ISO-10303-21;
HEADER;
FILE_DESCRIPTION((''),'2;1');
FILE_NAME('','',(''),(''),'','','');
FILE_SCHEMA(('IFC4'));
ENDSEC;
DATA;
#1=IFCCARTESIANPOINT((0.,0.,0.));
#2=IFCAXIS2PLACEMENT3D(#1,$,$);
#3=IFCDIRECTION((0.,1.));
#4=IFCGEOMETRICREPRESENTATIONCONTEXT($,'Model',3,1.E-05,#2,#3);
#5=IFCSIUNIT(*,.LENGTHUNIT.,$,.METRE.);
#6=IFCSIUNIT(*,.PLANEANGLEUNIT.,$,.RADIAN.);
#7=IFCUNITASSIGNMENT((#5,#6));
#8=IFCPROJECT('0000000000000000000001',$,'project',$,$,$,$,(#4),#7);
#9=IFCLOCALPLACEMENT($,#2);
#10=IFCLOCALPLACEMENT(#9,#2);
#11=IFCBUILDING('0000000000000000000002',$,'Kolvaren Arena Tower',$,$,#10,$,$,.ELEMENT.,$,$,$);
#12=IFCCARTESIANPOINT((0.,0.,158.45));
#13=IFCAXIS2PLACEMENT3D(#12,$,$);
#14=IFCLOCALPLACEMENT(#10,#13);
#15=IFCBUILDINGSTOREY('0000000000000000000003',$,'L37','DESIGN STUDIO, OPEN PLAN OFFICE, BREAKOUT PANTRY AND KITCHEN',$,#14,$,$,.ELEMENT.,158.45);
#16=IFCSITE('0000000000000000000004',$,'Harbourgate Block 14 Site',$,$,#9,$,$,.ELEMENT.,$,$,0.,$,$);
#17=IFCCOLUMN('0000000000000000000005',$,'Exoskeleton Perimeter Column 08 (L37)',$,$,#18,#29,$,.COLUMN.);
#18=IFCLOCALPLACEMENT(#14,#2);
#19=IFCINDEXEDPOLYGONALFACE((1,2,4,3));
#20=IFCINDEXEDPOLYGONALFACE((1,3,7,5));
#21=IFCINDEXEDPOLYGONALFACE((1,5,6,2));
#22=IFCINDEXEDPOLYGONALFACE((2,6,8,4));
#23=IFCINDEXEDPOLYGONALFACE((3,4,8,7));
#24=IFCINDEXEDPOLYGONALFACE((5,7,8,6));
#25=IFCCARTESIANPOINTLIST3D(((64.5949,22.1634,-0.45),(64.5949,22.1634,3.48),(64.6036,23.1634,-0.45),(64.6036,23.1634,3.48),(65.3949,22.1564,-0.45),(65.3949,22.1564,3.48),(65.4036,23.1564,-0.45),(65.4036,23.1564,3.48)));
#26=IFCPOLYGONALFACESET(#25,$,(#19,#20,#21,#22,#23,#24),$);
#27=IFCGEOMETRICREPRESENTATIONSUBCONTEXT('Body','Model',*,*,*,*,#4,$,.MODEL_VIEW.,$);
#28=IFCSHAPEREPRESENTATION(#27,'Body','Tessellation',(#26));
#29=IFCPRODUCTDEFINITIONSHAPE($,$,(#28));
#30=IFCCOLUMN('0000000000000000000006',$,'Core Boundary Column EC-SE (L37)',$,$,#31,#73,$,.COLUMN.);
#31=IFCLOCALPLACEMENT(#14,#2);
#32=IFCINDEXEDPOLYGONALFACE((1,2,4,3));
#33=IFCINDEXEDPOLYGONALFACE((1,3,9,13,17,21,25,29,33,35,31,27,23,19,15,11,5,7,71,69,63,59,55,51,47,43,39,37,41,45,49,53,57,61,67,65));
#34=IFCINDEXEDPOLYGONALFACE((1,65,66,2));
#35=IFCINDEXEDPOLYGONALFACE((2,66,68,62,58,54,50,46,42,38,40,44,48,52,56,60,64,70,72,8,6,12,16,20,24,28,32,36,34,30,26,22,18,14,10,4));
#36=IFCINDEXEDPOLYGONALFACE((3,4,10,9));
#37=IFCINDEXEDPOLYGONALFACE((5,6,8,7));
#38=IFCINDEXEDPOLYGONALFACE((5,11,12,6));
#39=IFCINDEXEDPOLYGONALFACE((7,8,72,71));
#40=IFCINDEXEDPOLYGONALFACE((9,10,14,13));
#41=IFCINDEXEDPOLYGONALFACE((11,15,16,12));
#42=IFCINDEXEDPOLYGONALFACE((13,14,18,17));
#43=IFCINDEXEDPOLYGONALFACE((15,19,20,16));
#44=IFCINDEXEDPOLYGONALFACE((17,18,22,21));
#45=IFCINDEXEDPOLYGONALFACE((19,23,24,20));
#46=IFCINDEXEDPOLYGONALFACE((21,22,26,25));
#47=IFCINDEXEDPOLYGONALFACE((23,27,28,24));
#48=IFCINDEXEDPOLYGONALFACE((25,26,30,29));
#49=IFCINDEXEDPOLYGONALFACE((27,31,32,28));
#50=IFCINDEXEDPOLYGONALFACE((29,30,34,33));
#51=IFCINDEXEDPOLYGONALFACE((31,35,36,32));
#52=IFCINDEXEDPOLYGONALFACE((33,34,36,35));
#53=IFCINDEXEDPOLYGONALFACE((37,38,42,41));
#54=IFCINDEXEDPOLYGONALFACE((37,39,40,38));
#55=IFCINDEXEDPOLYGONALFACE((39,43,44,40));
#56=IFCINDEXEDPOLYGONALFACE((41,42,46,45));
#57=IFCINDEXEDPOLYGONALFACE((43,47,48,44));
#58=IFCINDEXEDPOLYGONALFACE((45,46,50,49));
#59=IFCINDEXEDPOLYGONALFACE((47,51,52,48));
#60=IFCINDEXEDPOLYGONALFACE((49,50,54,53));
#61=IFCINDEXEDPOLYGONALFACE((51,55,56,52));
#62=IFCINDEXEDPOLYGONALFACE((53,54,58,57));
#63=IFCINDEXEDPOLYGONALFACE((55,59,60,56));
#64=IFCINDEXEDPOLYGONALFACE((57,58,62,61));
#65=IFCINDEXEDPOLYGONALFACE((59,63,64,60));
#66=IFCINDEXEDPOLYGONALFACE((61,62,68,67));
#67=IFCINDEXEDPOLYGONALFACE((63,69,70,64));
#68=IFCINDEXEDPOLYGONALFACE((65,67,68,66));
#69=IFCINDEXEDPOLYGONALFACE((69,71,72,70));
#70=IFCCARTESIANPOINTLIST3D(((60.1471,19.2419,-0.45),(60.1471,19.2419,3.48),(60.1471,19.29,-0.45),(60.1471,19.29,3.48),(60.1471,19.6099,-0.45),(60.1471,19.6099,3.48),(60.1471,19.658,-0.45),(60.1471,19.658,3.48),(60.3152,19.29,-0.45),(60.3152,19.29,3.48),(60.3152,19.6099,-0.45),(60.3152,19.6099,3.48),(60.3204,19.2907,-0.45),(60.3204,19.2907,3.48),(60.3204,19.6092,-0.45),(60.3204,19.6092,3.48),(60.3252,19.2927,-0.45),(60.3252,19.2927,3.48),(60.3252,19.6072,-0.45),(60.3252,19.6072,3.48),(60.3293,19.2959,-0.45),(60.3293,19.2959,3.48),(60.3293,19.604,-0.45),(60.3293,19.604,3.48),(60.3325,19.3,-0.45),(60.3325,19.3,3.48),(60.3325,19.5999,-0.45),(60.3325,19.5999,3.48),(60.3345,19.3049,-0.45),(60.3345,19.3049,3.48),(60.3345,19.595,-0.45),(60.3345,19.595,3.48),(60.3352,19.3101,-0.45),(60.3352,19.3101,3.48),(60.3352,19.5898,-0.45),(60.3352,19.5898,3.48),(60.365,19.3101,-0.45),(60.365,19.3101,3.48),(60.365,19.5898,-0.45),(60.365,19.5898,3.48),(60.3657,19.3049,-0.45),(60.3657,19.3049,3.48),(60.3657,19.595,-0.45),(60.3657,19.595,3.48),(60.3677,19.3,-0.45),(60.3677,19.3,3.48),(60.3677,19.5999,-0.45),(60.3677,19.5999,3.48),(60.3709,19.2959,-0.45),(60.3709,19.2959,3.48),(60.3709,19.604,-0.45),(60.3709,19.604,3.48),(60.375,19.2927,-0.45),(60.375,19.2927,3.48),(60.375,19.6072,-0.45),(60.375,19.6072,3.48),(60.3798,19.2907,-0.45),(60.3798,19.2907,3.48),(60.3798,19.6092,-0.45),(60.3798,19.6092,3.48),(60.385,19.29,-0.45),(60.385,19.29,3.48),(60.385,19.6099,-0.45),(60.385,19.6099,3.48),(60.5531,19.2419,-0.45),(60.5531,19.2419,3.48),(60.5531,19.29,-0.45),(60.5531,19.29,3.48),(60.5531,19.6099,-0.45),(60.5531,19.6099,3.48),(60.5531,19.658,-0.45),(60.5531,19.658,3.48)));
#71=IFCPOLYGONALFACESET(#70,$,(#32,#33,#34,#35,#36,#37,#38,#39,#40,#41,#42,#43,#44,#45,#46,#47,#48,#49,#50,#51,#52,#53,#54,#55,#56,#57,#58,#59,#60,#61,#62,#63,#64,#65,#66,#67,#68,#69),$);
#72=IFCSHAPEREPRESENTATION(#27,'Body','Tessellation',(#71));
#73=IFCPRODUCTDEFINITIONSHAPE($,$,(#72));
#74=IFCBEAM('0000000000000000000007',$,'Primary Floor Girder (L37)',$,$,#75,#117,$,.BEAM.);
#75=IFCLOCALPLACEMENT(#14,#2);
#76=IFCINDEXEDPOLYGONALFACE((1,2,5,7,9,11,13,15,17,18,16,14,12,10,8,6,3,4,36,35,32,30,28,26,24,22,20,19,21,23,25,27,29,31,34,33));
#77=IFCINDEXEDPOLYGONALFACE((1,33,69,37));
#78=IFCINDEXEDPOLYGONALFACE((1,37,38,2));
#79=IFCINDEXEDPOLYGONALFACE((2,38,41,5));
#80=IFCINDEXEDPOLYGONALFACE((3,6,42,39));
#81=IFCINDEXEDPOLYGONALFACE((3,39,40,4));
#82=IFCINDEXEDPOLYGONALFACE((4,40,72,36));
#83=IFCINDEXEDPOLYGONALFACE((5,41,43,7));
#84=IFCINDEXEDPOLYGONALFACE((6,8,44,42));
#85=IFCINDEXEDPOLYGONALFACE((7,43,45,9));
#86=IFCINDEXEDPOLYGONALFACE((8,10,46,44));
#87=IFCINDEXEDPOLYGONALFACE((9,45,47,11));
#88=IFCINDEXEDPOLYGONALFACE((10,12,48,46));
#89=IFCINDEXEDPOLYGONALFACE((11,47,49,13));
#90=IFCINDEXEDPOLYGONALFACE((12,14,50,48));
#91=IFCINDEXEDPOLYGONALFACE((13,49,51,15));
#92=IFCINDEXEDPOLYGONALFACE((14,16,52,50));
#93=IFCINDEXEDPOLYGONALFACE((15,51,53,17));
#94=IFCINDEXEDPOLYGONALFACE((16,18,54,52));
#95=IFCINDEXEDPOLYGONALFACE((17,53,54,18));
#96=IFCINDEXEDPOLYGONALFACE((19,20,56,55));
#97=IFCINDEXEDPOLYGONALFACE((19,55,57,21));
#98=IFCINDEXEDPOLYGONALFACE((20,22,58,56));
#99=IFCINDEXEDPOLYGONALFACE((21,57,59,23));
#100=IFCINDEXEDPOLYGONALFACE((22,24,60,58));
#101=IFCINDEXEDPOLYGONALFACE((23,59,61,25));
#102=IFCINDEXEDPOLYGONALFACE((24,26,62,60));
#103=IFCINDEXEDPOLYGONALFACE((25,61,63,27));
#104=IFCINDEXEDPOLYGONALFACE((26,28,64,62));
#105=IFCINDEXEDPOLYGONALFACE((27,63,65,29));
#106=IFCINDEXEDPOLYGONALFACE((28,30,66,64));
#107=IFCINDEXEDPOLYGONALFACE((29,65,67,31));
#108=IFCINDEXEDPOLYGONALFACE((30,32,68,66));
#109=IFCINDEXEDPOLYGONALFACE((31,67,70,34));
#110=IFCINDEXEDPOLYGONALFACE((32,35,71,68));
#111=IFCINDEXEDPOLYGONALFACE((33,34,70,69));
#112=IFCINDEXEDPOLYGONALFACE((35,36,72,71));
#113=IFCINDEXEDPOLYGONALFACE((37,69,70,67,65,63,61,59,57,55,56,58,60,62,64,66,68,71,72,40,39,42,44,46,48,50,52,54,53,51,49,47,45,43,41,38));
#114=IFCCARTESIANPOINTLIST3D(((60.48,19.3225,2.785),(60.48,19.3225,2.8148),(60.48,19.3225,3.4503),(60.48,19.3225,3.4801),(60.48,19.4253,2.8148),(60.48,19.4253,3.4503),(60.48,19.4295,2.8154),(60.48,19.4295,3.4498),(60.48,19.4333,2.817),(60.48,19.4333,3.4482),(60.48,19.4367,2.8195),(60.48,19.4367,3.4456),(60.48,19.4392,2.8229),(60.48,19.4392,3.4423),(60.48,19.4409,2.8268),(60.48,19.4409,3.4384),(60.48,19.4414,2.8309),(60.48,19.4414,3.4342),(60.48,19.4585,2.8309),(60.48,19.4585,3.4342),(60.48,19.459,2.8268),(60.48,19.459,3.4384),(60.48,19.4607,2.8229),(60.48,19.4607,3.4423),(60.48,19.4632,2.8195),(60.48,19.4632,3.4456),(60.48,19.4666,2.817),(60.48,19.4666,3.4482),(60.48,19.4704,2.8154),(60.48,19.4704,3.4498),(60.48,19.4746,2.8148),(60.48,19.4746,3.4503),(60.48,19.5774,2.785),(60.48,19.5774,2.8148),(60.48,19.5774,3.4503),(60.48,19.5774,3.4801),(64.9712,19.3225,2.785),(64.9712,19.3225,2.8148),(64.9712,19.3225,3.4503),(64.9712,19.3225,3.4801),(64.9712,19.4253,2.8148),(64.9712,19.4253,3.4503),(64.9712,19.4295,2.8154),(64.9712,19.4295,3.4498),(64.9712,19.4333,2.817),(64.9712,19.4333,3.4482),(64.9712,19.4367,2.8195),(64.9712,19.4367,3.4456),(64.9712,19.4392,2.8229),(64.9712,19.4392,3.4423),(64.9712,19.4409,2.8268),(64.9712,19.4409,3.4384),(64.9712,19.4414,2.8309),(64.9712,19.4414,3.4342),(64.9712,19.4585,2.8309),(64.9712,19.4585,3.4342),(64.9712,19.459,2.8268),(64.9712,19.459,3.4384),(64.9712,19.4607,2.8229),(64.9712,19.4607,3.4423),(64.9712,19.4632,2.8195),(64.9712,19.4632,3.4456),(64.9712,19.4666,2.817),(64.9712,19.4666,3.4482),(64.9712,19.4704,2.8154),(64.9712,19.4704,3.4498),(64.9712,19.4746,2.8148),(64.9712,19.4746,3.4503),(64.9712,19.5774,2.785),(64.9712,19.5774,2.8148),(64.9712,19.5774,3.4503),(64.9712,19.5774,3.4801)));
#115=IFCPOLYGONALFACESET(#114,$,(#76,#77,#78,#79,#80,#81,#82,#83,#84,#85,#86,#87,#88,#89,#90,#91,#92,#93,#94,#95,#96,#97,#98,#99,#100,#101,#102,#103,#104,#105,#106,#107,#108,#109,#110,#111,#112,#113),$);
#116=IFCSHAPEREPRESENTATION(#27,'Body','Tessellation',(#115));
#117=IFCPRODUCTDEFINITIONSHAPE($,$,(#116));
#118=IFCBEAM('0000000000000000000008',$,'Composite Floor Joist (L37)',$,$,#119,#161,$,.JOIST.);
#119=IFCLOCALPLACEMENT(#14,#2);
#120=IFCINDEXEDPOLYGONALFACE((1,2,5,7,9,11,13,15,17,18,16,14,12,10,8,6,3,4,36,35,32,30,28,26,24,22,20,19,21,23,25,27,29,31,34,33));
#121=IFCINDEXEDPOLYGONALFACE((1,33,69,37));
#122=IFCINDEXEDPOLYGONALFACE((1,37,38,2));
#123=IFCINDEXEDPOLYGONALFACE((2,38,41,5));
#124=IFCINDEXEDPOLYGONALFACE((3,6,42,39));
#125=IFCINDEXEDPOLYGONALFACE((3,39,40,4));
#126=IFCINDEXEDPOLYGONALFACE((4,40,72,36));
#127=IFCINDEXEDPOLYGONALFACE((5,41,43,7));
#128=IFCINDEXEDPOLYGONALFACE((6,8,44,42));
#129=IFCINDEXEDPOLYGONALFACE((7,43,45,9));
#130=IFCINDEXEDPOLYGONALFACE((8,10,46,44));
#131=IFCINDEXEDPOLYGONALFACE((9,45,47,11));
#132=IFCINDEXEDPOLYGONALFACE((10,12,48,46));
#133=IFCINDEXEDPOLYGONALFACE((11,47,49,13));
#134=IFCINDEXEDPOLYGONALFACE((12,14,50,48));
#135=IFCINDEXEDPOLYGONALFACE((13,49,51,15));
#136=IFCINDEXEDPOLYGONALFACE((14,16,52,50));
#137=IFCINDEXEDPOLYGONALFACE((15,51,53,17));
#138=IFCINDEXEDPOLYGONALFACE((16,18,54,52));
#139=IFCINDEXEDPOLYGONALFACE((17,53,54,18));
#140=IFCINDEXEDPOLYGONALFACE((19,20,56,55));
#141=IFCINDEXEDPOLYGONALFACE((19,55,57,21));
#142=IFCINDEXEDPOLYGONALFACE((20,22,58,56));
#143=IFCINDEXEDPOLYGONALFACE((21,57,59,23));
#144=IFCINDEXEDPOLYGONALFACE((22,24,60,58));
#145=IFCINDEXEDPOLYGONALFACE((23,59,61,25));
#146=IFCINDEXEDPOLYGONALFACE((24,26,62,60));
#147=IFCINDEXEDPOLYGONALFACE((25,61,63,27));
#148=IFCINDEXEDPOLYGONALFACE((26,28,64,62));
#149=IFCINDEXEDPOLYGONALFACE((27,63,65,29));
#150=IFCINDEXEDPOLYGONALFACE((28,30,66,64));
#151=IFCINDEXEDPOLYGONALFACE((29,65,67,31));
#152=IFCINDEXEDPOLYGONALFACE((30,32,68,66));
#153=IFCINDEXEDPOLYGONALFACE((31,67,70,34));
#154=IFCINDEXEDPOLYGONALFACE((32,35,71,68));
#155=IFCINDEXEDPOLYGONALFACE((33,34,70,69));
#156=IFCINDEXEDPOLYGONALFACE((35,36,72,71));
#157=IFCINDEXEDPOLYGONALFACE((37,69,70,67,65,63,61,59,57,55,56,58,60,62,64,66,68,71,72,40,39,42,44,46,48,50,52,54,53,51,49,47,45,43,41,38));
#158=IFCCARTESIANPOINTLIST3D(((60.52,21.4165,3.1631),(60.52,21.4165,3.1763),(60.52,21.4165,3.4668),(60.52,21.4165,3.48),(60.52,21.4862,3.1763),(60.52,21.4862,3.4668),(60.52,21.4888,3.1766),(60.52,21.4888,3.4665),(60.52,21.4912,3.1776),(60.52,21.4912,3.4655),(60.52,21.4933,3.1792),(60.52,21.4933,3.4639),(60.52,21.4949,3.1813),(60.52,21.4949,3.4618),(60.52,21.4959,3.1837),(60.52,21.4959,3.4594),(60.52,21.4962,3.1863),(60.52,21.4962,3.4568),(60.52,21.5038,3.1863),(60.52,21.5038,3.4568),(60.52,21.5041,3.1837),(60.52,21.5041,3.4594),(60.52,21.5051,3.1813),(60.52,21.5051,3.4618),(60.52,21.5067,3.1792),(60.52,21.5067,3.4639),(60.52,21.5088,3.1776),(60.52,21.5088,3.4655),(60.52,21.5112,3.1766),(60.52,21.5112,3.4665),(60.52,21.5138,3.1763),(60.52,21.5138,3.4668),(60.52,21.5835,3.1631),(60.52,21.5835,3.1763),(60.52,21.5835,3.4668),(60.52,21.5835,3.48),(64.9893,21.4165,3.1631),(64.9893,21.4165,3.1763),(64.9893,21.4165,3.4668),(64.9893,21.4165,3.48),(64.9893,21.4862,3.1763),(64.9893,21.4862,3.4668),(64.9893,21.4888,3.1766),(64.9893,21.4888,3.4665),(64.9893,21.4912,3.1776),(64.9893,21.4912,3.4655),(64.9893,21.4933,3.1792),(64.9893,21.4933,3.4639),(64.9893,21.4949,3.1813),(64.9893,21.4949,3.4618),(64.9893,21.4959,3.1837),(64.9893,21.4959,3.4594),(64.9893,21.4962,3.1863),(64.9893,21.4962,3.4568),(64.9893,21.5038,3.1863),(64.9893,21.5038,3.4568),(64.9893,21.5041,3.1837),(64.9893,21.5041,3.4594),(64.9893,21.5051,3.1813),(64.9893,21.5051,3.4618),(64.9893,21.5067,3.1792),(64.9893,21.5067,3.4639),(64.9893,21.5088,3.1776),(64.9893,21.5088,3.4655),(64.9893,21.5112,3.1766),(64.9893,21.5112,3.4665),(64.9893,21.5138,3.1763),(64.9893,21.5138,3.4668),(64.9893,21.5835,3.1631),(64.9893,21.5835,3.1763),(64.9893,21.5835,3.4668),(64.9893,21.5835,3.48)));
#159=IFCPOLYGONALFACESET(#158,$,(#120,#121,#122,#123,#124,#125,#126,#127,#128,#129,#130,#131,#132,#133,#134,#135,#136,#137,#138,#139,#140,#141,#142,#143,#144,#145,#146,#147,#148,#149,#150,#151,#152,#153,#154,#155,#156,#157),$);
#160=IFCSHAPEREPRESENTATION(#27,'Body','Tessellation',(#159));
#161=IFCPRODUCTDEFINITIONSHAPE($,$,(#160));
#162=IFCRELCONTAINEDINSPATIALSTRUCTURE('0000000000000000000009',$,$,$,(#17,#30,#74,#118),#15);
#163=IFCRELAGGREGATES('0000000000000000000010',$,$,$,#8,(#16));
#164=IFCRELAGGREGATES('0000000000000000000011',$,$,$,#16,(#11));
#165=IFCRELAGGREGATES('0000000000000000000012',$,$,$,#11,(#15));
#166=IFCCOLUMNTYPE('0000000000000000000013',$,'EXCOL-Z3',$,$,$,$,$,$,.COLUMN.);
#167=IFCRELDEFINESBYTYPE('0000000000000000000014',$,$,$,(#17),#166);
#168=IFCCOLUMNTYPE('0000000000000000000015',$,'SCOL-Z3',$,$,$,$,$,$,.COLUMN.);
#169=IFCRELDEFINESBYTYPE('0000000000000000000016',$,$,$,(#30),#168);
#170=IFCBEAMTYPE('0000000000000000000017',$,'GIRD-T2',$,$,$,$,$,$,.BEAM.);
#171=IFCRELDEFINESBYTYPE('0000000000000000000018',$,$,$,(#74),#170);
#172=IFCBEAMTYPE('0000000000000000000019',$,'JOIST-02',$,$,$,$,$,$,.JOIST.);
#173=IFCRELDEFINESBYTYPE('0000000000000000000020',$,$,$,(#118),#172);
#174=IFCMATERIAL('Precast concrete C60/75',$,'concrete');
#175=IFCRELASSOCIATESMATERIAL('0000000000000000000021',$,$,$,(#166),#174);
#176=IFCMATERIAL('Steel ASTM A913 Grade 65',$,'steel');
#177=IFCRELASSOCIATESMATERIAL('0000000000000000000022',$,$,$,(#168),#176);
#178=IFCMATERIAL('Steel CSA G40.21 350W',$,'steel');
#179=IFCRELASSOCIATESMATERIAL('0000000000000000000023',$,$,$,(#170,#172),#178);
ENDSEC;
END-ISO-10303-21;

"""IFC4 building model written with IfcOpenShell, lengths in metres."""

from ifc_helpers import new_model, si_unit, direction, frame, origin, origin_2d, place, context, subcontext, project, spatial, rectangle, i_section, extrude, material, material_profile, profile_set, type_object, element, save


model = new_model("IFC4")

# Units and contexts
model_context = context("Model", 3, precision=1e-05, world=origin(), true_north=direction((0.0, 1.0)))
body_context = subcontext(model_context, "Body", "Model", "MODEL_VIEW")
ifc_project = project(units=[si_unit("LENGTHUNIT", "METRE"), si_unit("PLANEANGLEUNIT", "RADIAN")], contexts=[model_context])

# Site, building, storey
site_placement = place(None, origin())
site = spatial("IfcSite", under=ifc_project, at=site_placement, Name="Harbourgate Block 14 Site", CompositionType="ELEMENT", RefElevation=0.0)
building_placement = place(site_placement, origin())
building = spatial("IfcBuilding", under=site, at=building_placement, Name="Kolvaren Arena Tower", CompositionType="ELEMENT")
storey_placement = place(building_placement, frame((0.0, 0.0, 158.45)))
storey = spatial("IfcBuildingStorey", under=building, at=storey_placement, Name="L37", Description="DESIGN STUDIO, OPEN PLAN OFFICE, BREAKOUT PANTRY AND KITCHEN", CompositionType="ELEMENT", Elevation=158.45)

# Columns
ifc_material_1 = material(Name="Precast concrete C60/75", Category="concrete")
ifc_material_profile_1 = material_profile(ifc_material_1, rectangle(XDim=1.0, YDim=0.8, at=origin_2d()), Name="RC-1000x800")
ifc_profile_set_1 = profile_set([ifc_material_profile_1], Name="Precast concrete C60/75")
column_type_1 = type_object("IfcColumnType", Name="EXCOL-Z3", PredefinedType="COLUMN", material=ifc_profile_set_1)
column_1_placement = place(storey_placement, frame((64.9993, 22.6599, -0.45), z_axis=(0.0, 0.0, 1.0), x_axis=(0.008727, 0.999962, 0.0)))
element("IfcColumn", 1, at=column_1_placement, inside=storey, type_object=column_type_1, Name="Exoskeleton Perimeter Column 08 (L37)", PredefinedType="COLUMN", context=body_context, shape_type="SweptSolid", body=[
    extrude(rectangle(XDim=1.0, YDim=0.8, at=origin_2d()), origin(), (0.0, 0.0, 1.0), 3.9299),
])
ifc_material_2 = material(Name="Steel ASTM A913 Grade 65", Category="steel")
ifc_material_profile_2 = material_profile(ifc_material_2, i_section(OverallWidth=0.406, OverallDepth=0.416, WebThickness=0.0298, FlangeThickness=0.0481, FilletRadius=0.02, at=origin_2d()), Name="W360x382")
ifc_profile_set_2 = profile_set([ifc_material_profile_2], Name="Steel ASTM A913 Grade 65")
column_type_2 = type_object("IfcColumnType", Name="SCOL-Z3", PredefinedType="COLUMN", material=ifc_profile_set_2)
column_2_placement = place(storey_placement, frame((60.3501, 19.45, -0.45), z_axis=(0.0, 0.0, 1.0), x_axis=(1.0, 0.0, 0.0)))
element("IfcColumn", 2, at=column_2_placement, inside=storey, type_object=column_type_2, Name="Core Boundary Column EC-SE (L37)", PredefinedType="COLUMN", context=body_context, shape_type="SweptSolid", body=[
    extrude(i_section(OverallWidth=0.406, OverallDepth=0.416, WebThickness=0.0298, FlangeThickness=0.0481, FilletRadius=0.02, at=origin_2d()), origin(), (0.0, 0.0, 1.0), 3.9299),
])

# Beams
ifc_material_3 = material(Name="Steel CSA G40.21 350W", Category="steel")
ifc_material_profile_3 = material_profile(ifc_material_3, i_section(OverallWidth=0.2549, OverallDepth=0.6951, WebThickness=0.0171, FlangeThickness=0.0298, FilletRadius=0.0161, at=origin_2d()), Name="W690x217")
ifc_profile_set_3 = profile_set([ifc_material_profile_3], Name="Steel CSA G40.21 350W")
beam_type_1 = type_object("IfcBeamType", Name="GIRD-T2", PredefinedType="BEAM", material=ifc_profile_set_3)
beam_1_placement = place(storey_placement, frame((60.48, 19.45, 3.1326), z_axis=(1.0, 0.0, 0.0), x_axis=(0.0, 1.0, 0.0)))
element("IfcBeam", 3, at=beam_1_placement, inside=storey, type_object=beam_type_1, Name="Primary Floor Girder (L37)", PredefinedType="BEAM", context=body_context, shape_type="SweptSolid", body=[
    extrude(i_section(OverallWidth=0.2549, OverallDepth=0.6951, WebThickness=0.0171, FlangeThickness=0.0298, FilletRadius=0.0161, at=origin_2d()), origin(), (0.0, 0.0, 1.0), 4.4912),
])
ifc_material_profile_4 = material_profile(ifc_material_3, i_section(OverallWidth=0.167, OverallDepth=0.3169, WebThickness=0.0076, FlangeThickness=0.0132, FilletRadius=0.01, at=origin_2d()), Name="W310x52")
ifc_profile_set_4 = profile_set([ifc_material_profile_4], Name="Steel CSA G40.21 350W")
beam_type_2 = type_object("IfcBeamType", Name="JOIST-02", PredefinedType="JOIST", material=ifc_profile_set_4)
beam_2_placement = place(storey_placement, frame((60.52, 21.5, 3.3215), z_axis=(1.0, 0.0, 0.0), x_axis=(0.0, 1.0, 0.0)))
element("IfcBeam", 4, at=beam_2_placement, inside=storey, type_object=beam_type_2, Name="Composite Floor Joist (L37)", PredefinedType="JOIST", context=body_context, shape_type="SweptSolid", body=[
    extrude(i_section(OverallWidth=0.167, OverallDepth=0.3169, WebThickness=0.0076, FlangeThickness=0.0132, FilletRadius=0.01, at=origin_2d()), origin(), (0.0, 0.0, 1.0), 4.4692),
])

save(model, "model.ifc")
